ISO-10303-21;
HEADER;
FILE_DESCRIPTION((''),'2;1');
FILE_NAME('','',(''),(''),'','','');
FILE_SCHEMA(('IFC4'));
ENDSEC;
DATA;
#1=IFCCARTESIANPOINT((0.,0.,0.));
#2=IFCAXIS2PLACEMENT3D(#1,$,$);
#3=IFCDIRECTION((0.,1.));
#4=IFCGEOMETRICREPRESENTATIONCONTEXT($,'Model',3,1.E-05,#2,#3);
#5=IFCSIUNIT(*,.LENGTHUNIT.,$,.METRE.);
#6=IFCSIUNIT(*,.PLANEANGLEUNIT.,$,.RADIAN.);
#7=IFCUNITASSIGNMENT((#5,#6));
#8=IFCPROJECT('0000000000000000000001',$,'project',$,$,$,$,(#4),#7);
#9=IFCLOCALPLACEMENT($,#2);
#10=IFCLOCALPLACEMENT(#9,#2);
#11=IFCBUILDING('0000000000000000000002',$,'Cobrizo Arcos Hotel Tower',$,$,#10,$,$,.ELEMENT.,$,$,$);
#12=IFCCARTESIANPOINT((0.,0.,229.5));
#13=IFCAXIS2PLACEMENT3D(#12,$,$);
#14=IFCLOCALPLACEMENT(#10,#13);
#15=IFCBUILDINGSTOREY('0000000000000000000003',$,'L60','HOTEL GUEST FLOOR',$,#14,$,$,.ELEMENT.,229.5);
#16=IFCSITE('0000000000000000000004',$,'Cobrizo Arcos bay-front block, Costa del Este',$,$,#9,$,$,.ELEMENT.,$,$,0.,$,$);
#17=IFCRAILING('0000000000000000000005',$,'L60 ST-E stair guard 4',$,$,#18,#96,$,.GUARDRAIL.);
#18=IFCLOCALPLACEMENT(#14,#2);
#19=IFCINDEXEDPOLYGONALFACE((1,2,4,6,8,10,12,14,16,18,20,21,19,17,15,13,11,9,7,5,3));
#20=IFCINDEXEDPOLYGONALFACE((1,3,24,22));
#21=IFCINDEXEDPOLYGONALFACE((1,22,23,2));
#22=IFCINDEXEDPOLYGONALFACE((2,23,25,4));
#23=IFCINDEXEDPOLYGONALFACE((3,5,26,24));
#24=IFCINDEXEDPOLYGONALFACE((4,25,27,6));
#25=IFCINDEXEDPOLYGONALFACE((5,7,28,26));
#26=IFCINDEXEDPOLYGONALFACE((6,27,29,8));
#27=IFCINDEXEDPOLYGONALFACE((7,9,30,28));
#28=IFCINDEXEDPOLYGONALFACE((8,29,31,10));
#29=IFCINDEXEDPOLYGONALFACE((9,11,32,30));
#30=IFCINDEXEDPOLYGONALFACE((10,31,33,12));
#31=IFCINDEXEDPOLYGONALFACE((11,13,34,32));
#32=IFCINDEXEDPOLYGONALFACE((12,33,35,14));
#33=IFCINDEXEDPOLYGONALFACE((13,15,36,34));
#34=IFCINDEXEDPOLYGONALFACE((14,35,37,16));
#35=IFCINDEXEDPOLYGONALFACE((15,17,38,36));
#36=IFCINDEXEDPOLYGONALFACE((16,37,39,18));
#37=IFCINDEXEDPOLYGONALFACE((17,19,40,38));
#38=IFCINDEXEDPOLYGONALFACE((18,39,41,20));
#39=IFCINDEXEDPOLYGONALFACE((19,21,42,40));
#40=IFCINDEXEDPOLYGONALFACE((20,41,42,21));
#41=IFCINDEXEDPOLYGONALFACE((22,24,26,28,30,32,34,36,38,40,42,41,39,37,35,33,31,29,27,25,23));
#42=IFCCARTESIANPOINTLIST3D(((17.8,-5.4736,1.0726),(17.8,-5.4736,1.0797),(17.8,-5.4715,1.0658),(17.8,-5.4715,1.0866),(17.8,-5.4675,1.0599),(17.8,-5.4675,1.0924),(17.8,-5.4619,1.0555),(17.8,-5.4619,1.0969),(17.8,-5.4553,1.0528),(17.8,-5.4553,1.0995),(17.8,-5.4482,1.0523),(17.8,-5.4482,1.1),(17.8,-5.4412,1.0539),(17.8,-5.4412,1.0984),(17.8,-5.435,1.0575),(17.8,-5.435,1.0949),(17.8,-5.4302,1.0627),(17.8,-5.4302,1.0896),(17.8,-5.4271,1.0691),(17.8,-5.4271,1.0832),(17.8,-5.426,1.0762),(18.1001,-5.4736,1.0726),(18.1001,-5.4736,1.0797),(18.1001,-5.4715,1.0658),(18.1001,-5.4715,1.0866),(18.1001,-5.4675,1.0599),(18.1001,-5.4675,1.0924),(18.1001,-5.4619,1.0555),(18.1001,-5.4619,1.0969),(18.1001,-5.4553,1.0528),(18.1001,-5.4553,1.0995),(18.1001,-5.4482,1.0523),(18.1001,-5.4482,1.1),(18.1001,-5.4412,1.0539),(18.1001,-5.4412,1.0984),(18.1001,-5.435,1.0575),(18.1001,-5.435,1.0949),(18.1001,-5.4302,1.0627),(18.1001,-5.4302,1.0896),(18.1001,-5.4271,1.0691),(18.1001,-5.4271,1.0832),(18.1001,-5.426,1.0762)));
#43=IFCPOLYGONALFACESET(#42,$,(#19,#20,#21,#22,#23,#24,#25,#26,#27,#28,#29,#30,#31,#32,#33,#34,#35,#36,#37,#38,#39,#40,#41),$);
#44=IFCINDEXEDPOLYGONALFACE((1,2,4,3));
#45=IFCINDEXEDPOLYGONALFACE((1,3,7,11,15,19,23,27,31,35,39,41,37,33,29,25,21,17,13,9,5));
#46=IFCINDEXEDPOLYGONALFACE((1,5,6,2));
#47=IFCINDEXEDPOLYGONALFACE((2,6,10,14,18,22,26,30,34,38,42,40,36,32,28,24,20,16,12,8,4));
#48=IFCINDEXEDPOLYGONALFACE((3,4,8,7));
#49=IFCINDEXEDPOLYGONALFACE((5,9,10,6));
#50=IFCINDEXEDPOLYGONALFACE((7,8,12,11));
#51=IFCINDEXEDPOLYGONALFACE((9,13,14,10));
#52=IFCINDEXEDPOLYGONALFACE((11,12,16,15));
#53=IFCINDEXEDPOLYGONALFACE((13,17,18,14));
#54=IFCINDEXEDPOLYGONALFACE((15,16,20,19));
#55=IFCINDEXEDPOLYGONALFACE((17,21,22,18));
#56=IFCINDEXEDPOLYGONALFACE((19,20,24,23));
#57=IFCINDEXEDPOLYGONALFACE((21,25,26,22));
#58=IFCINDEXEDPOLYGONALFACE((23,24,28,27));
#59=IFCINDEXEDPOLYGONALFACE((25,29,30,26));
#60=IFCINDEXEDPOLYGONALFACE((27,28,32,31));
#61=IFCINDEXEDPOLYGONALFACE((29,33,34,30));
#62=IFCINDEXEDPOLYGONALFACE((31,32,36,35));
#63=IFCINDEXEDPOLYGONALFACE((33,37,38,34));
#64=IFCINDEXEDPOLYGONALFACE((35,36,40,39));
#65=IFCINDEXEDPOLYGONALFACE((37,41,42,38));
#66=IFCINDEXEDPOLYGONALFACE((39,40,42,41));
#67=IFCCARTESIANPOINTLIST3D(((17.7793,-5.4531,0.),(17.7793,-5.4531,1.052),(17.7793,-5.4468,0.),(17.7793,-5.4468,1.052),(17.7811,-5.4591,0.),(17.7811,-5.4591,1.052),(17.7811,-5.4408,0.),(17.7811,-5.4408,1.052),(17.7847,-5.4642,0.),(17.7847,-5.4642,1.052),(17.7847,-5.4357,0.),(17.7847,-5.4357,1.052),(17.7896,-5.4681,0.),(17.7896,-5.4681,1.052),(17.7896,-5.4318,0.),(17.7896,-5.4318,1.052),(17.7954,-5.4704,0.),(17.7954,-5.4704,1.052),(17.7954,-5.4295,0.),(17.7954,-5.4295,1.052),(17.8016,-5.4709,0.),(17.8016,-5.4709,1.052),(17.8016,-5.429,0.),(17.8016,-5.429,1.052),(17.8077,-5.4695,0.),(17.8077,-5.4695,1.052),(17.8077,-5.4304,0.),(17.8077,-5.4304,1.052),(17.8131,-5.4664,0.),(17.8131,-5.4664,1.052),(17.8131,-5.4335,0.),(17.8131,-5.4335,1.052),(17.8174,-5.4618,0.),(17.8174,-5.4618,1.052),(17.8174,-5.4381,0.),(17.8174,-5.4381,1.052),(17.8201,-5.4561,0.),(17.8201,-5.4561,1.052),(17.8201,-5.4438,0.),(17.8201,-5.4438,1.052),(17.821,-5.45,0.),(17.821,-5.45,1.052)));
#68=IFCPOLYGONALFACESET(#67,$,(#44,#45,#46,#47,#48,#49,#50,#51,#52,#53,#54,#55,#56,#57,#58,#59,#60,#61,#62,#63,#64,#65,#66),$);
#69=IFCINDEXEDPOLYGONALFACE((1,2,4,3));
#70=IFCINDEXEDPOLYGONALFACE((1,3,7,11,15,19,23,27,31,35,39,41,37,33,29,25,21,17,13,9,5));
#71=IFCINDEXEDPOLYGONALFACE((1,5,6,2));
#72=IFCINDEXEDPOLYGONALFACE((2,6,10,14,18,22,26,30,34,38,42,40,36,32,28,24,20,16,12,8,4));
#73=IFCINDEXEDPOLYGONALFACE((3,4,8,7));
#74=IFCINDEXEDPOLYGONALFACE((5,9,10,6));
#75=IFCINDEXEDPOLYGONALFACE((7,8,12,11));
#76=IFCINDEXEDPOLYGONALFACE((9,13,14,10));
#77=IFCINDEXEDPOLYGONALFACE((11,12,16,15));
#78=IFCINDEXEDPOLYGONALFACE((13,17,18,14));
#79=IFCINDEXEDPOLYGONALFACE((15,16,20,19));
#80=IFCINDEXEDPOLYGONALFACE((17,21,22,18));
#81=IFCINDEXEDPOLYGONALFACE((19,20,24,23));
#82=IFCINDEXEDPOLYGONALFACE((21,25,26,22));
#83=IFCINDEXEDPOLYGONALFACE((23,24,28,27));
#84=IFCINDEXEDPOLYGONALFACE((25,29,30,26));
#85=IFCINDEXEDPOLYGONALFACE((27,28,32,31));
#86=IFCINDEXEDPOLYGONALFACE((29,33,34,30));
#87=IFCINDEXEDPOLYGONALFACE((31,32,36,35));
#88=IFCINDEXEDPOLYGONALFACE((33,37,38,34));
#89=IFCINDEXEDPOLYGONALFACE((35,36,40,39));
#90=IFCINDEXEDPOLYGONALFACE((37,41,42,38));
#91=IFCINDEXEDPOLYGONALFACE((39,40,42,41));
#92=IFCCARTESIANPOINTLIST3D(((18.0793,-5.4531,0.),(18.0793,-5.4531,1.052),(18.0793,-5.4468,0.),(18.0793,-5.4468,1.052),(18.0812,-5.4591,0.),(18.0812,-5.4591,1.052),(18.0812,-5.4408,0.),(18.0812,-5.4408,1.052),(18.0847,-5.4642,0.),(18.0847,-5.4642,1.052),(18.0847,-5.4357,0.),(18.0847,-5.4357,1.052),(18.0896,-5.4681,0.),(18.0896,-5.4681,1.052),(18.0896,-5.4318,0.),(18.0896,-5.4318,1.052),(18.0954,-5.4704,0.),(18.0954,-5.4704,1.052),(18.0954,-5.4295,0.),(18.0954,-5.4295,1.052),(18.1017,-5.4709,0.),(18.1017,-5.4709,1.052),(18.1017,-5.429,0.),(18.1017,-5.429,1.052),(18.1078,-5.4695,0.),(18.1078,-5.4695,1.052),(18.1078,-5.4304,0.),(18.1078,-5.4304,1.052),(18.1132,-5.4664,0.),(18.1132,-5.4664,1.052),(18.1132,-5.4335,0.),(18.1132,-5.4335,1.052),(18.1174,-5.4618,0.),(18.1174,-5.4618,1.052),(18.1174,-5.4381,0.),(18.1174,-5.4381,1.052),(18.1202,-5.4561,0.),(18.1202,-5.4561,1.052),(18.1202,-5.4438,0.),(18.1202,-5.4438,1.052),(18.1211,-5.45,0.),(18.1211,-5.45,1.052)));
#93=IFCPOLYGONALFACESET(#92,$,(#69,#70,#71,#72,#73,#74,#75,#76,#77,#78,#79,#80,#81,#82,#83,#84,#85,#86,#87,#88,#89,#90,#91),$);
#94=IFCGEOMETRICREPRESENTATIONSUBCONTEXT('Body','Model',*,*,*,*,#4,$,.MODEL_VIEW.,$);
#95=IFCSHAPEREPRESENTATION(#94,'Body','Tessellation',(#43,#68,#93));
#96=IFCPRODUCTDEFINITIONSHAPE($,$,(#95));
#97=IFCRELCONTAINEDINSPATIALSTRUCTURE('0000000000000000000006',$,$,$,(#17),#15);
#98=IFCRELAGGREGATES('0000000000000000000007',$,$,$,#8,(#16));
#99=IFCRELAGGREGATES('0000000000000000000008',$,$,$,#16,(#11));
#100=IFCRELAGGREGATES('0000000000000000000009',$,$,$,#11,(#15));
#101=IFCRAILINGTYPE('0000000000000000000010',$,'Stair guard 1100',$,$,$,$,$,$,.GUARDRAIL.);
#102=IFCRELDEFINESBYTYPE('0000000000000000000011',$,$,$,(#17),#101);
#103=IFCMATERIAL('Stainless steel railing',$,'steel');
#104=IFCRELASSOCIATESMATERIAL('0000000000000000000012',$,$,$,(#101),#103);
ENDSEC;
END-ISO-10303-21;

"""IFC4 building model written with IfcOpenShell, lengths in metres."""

from ifc_helpers import new_model, si_unit, direction, frame, origin, origin_2d, place, context, subcontext, project, spatial, circle, extrude, material, type_object, element, save


model = new_model("IFC4")

# Units and contexts
model_context = context("Model", 3, precision=1e-05, world=origin(), true_north=direction((0.0, 1.0)))
body_context = subcontext(model_context, "Body", "Model", "MODEL_VIEW")
ifc_project = project(units=[si_unit("LENGTHUNIT", "METRE"), si_unit("PLANEANGLEUNIT", "RADIAN")], contexts=[model_context])

# Site, building, storey
site_placement = place(None, origin())
site = spatial("IfcSite", under=ifc_project, at=site_placement, Name="Cobrizo Arcos bay-front block, Costa del Este", CompositionType="ELEMENT", RefElevation=0.0)
building_placement = place(site_placement, origin())
building = spatial("IfcBuilding", under=site, at=building_placement, Name="Cobrizo Arcos Hotel Tower", CompositionType="ELEMENT")
storey_placement = place(building_placement, frame((0.0, 0.0, 229.5)))
storey = spatial("IfcBuildingStorey", under=building, at=storey_placement, Name="L60", Description="HOTEL GUEST FLOOR", CompositionType="ELEMENT", Elevation=229.5)

# Railing
ifc_material_1 = material(Name="Stainless steel railing", Category="steel")
railing_type_1 = type_object("IfcRailingType", Name="Stair guard 1100", PredefinedType="GUARDRAIL", material=ifc_material_1)
railing_1_placement = place(storey_placement, frame((17.8, -5.45, 0.0)))
element("IfcRailing", 1, at=railing_1_placement, inside=storey, type_object=railing_type_1, Name="L60 ST-E stair guard 4", PredefinedType="GUARDRAIL", context=body_context, shape_type="SweptSolid", body=[
    extrude(circle(Radius=0.0239, at=origin_2d()), frame((0.0, 0.0, 1.0762), z_axis=(1.0, 0.0, 0.0), x_axis=(0.0, 1.0, 0.0)), (0.0, 0.0, 1.0), 0.3),
    extrude(circle(Radius=0.021, at=origin_2d()), origin(), (0.0, 0.0, 1.0), 1.052),
    extrude(circle(Radius=0.021, at=origin_2d()), frame((0.3, 0.0, 0.0)), (0.0, 0.0, 1.0), 1.052),
])

save(model, "model.ifc")
